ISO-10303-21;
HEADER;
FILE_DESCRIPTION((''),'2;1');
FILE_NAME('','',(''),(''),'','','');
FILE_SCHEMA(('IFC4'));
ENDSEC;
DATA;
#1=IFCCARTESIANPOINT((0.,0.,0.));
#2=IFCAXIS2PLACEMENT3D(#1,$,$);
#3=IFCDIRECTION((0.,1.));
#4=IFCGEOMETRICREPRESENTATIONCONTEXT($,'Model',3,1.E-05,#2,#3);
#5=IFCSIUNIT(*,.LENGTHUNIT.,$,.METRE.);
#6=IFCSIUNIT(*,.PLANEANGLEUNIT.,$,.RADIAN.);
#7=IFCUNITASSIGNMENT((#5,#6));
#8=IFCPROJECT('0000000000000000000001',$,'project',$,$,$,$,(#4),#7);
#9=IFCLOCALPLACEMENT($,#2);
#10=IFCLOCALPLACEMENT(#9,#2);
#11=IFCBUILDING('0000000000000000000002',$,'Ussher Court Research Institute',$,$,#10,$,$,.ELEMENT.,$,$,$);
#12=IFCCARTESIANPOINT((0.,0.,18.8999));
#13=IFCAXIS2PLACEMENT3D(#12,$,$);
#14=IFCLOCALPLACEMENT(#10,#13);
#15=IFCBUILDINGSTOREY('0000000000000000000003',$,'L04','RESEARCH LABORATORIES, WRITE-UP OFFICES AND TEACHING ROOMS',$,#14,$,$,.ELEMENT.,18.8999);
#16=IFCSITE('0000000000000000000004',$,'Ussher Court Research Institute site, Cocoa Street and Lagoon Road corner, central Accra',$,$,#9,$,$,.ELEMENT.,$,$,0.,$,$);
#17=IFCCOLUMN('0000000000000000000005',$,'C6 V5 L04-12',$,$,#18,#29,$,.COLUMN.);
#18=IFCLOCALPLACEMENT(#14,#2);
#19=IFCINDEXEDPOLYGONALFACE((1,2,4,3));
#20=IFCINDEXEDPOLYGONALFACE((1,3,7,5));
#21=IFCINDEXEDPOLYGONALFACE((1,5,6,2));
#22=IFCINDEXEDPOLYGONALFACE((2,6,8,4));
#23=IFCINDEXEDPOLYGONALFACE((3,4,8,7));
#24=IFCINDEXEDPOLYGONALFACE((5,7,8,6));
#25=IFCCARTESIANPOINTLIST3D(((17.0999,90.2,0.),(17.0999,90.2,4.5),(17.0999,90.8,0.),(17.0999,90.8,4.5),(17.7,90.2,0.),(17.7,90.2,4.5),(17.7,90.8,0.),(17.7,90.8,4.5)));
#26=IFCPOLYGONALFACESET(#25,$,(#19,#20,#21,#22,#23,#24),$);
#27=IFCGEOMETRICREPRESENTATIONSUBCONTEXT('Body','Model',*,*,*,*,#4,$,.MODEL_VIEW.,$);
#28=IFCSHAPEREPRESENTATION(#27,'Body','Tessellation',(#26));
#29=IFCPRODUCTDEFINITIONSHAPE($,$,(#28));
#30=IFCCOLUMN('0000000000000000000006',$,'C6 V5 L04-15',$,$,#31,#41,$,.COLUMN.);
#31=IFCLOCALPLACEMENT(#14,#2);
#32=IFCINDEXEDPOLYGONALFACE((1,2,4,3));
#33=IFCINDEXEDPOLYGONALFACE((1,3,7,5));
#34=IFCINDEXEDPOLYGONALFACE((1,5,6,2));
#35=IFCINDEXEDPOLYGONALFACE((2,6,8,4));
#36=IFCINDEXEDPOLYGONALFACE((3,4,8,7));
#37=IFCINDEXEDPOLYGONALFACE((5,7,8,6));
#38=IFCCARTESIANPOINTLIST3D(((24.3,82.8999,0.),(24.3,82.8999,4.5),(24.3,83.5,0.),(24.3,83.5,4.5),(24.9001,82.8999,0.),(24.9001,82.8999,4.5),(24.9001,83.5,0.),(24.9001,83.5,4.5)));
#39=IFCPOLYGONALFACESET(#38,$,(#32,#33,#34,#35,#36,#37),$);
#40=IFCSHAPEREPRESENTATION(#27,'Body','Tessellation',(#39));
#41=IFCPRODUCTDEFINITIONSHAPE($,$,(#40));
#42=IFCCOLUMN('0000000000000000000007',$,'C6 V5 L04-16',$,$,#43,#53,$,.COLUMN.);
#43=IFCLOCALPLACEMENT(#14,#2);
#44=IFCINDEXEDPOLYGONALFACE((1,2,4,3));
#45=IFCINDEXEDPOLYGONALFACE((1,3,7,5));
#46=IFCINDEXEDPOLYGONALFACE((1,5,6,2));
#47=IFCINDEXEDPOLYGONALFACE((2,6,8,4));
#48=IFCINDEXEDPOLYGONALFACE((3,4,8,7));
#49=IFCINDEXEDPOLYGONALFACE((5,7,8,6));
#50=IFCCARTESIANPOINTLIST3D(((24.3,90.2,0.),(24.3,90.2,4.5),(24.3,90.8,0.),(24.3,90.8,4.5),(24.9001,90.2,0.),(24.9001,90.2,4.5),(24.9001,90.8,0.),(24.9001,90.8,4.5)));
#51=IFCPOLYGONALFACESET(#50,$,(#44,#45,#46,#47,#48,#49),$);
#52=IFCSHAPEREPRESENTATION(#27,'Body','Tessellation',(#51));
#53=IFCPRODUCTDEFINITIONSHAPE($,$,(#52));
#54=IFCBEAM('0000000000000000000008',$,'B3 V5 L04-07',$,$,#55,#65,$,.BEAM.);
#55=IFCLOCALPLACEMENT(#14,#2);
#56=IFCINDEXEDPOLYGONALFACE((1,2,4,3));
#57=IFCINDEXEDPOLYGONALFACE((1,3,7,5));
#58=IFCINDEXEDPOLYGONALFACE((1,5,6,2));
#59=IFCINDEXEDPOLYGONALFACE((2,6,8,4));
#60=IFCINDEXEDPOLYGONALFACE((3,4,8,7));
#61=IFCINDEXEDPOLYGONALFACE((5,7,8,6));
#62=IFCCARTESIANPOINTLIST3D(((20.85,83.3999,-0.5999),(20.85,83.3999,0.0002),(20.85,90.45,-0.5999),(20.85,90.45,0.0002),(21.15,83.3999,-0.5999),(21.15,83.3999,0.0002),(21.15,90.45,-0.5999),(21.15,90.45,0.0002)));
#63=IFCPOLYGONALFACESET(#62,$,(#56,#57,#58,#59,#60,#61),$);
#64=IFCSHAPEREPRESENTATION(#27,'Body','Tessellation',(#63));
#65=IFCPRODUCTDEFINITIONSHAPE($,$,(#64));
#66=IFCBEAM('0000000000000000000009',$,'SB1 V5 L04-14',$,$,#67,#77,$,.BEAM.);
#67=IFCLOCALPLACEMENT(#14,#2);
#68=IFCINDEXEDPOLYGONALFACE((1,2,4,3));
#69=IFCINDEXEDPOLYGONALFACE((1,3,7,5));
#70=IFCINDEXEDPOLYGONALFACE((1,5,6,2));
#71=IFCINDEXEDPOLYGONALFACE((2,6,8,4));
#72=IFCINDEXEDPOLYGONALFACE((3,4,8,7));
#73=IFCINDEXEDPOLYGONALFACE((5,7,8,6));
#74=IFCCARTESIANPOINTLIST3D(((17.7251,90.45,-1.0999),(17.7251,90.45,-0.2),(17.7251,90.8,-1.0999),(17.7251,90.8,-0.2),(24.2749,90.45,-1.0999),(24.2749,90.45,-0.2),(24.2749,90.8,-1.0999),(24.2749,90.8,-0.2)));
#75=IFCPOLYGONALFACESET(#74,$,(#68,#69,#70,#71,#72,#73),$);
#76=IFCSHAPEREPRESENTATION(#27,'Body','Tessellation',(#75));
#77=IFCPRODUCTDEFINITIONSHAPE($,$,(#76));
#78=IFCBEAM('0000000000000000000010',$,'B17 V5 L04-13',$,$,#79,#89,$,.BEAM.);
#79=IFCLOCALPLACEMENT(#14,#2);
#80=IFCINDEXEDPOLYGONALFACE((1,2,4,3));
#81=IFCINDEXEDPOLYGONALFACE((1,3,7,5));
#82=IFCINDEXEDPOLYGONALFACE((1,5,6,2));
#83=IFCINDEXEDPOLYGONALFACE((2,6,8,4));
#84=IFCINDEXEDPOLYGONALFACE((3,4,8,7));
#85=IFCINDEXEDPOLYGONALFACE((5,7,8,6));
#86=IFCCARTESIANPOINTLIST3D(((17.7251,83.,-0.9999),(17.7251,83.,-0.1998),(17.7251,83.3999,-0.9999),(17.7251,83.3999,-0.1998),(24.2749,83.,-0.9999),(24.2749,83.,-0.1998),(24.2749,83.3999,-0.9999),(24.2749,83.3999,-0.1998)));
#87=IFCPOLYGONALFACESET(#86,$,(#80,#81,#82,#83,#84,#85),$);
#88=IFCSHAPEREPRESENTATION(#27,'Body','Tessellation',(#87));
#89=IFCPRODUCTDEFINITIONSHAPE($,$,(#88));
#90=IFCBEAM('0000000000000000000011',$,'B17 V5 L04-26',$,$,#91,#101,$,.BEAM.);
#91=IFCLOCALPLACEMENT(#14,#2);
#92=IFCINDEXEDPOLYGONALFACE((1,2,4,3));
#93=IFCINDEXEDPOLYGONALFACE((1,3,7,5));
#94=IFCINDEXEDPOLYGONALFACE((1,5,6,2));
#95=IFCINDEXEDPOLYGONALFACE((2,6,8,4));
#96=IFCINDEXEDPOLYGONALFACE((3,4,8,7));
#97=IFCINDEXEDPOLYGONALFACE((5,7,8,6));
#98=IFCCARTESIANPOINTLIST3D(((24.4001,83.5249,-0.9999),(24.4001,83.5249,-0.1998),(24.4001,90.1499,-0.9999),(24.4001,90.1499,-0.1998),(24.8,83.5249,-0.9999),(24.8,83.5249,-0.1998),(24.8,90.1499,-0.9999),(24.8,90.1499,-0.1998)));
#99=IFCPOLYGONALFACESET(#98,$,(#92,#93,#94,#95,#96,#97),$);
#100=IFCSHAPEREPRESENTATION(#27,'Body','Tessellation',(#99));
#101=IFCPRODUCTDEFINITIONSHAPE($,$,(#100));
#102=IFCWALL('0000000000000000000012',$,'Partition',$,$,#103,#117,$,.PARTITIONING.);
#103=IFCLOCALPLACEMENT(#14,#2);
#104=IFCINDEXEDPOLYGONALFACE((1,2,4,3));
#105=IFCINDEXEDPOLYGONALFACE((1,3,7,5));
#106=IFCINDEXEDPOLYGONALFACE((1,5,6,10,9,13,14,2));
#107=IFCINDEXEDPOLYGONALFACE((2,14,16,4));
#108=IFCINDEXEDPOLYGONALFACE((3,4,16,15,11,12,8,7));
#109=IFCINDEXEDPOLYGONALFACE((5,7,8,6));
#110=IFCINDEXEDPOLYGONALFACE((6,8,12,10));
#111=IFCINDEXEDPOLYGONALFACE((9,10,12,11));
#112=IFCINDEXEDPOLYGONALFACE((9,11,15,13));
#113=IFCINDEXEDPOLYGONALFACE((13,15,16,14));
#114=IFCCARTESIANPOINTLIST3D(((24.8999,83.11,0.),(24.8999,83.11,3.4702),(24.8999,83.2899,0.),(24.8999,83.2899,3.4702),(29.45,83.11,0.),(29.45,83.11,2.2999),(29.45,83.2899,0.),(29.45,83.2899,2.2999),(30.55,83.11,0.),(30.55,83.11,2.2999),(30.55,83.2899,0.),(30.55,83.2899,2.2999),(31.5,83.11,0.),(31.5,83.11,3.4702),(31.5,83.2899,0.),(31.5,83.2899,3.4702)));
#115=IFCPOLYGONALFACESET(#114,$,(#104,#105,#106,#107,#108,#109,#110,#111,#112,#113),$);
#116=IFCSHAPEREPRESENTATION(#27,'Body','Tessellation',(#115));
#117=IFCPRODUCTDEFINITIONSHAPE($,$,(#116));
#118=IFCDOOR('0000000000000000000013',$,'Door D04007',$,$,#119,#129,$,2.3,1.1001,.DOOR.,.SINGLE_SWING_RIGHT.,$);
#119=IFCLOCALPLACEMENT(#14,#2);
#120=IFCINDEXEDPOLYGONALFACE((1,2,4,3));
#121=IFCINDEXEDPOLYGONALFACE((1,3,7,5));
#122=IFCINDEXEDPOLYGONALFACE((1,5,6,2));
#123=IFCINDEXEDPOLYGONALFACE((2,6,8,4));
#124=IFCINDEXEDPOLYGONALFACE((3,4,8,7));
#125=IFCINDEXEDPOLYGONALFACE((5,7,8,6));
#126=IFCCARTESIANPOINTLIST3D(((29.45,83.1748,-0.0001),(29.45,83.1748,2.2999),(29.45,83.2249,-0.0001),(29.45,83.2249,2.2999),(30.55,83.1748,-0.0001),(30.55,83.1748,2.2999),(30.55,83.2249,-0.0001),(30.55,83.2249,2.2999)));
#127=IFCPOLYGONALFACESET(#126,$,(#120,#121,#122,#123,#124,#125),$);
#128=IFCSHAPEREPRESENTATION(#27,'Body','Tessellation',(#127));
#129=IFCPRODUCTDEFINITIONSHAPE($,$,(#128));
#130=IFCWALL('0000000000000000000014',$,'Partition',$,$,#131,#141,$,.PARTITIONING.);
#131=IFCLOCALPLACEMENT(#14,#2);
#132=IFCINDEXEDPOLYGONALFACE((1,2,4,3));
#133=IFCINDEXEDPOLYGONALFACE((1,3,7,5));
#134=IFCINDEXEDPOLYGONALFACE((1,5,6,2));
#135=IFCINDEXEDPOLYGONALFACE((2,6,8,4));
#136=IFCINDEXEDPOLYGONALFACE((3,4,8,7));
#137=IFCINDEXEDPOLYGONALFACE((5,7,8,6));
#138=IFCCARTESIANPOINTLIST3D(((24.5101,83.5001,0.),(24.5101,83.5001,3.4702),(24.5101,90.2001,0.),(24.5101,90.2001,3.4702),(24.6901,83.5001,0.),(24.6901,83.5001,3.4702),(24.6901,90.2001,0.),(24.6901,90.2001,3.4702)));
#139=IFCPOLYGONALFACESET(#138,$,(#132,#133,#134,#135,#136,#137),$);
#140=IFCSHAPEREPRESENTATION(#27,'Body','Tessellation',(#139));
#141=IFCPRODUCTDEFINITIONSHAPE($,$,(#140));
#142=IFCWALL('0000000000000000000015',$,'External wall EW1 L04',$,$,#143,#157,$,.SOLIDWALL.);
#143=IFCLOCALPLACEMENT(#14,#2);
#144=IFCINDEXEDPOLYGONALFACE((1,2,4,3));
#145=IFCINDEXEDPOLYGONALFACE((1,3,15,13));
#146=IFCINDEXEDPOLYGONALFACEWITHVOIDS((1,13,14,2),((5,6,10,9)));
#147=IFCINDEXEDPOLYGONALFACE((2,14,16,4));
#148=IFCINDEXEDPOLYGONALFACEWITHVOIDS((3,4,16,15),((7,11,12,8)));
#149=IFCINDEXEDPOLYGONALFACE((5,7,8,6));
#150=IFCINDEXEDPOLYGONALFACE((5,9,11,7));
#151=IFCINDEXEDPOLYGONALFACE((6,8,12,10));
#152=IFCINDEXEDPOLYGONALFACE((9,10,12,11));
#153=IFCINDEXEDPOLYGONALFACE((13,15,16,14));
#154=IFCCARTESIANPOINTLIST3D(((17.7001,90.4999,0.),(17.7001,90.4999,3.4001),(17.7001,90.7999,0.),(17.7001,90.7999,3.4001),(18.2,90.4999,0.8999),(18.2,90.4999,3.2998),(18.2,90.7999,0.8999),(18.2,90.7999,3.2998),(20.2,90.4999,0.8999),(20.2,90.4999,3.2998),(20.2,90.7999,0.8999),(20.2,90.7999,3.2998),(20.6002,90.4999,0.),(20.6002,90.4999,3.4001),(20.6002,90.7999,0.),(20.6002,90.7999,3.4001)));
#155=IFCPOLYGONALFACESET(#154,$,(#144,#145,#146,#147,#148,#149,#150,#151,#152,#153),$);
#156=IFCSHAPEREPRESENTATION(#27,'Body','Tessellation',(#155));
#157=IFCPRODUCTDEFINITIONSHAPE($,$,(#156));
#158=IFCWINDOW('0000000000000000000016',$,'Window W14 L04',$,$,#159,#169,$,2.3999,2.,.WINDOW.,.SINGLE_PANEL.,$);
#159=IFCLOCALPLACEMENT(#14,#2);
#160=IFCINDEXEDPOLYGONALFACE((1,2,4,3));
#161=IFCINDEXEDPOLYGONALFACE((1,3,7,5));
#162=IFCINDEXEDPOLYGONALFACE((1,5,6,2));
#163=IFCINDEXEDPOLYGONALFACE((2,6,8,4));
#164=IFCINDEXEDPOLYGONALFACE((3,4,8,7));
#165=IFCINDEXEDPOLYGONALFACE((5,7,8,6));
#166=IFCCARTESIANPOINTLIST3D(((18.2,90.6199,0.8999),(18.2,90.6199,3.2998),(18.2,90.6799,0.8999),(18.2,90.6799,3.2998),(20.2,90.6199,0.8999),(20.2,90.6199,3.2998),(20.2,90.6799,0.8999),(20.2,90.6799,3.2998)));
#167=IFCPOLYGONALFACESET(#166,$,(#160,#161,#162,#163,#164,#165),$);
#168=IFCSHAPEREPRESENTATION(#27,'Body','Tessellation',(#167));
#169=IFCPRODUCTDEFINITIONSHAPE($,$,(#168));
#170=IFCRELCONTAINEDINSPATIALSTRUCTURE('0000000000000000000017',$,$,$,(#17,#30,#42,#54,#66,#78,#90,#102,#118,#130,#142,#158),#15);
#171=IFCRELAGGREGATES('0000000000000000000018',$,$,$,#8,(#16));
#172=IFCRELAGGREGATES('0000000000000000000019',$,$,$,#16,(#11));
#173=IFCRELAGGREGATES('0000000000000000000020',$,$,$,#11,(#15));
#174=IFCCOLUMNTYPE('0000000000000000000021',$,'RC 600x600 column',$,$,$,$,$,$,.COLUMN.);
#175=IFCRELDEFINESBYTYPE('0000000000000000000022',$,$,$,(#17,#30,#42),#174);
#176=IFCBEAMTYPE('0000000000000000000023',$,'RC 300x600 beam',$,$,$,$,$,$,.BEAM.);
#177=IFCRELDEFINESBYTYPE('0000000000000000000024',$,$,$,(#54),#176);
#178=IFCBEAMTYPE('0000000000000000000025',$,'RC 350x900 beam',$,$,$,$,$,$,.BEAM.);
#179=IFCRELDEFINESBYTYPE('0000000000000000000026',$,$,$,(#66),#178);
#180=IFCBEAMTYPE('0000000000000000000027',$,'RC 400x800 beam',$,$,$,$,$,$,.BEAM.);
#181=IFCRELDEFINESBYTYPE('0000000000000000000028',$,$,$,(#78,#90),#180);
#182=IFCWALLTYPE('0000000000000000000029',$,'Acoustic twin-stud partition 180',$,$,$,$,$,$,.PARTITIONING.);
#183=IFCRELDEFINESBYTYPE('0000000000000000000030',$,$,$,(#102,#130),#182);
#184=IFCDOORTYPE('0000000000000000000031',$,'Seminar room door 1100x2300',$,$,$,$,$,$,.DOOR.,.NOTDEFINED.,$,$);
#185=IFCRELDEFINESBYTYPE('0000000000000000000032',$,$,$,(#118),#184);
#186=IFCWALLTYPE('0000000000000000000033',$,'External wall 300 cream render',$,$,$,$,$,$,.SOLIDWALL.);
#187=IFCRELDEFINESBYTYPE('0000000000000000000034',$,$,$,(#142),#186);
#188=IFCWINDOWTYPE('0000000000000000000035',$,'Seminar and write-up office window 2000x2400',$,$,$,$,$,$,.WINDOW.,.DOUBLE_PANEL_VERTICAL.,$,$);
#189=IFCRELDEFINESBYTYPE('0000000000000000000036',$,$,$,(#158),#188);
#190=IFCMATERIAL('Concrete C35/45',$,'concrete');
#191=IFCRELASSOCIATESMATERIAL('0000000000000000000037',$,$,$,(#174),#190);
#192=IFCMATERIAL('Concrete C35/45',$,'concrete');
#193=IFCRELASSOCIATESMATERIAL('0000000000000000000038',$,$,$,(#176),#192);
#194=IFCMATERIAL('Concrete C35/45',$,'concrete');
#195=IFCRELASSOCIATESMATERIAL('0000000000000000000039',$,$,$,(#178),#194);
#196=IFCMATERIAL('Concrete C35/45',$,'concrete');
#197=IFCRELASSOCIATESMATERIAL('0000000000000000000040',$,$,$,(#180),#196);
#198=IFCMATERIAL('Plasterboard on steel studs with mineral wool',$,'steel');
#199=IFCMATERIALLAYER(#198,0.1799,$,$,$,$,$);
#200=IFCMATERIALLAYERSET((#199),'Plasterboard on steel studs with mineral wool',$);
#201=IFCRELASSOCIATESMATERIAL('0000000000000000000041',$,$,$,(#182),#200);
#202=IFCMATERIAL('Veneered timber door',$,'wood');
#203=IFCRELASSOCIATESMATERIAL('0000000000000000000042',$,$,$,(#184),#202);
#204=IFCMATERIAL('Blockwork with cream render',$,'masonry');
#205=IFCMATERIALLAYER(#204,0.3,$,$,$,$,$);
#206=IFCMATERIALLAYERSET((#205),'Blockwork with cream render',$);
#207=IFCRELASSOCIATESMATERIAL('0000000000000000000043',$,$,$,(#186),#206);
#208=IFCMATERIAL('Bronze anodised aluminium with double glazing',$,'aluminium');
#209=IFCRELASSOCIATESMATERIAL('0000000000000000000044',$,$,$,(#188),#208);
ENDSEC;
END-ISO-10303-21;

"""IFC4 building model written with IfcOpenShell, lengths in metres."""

from ifc_helpers import new_model, si_unit, direction, frame, frame_2d, origin, origin_2d, place, context, subcontext, project, spatial, rectangle, extrude, material, layer, layer_set, material_profile, profile_set, type_object, element, fill, save


model = new_model("IFC4")

# Units and contexts
model_context = context("Model", 3, precision=1e-05, world=origin(), true_north=direction((0.0, 1.0)))
body_context = subcontext(model_context, "Body", "Model", "MODEL_VIEW")
ifc_project = project(units=[si_unit("LENGTHUNIT", "METRE"), si_unit("PLANEANGLEUNIT", "RADIAN")], contexts=[model_context])

# Site, building, storey
site_placement = place(None, origin())
site = spatial("IfcSite", under=ifc_project, at=site_placement, Name="Ussher Court Research Institute site, Cocoa Street and Lagoon Road corner, central Accra", CompositionType="ELEMENT", RefElevation=0.0)
building_placement = place(site_placement, origin())
building = spatial("IfcBuilding", under=site, at=building_placement, Name="Ussher Court Research Institute", CompositionType="ELEMENT")
storey_placement = place(building_placement, frame((0.0, 0.0, 18.8999)))
storey = spatial("IfcBuildingStorey", under=building, at=storey_placement, Name="L04", Description="RESEARCH LABORATORIES, WRITE-UP OFFICES AND TEACHING ROOMS", CompositionType="ELEMENT", Elevation=18.8999)

# Columns
ifc_material_1 = material(Name="Concrete C35/45", Category="concrete")
ifc_material_profile_1 = material_profile(ifc_material_1, rectangle(XDim=0.6001, YDim=0.6001, at=origin_2d()), Name="RC 600x600")
ifc_profile_set_1 = profile_set([ifc_material_profile_1], Name="Concrete C35/45")
column_type = type_object("IfcColumnType", Name="RC 600x600 column", PredefinedType="COLUMN", material=ifc_profile_set_1)
for number, where, z_axis, x_axis, name in (
    (1, (17.3999, 90.5, 0.0), (0.0, 0.0, 1.0), (1.0, 0.0, 0.0), "C6 V5 L04-12"),
    (2, (24.6001, 83.2, 0.0), (0.0, 0.0, 1.0), (1.0, 0.0, 0.0), "C6 V5 L04-15"),
    (3, (24.6001, 90.5, 0.0), (0.0, 0.0, 1.0), (1.0, 0.0, 0.0), "C6 V5 L04-16"),
):
    element("IfcColumn", number, at=place(storey_placement, frame(where, z_axis=z_axis, x_axis=x_axis)), inside=storey, type_object=column_type, Name=name, PredefinedType="COLUMN", context=body_context, shape_type="SweptSolid", body=[
        extrude(rectangle(XDim=0.6001, YDim=0.6001, at=origin_2d()), origin(), (0.0, 0.0, 1.0), 4.5),
    ])

# Beams
ifc_material_2 = material(Name="Concrete C35/45", Category="concrete")
ifc_material_profile_2 = material_profile(ifc_material_2, rectangle(XDim=0.3, YDim=0.6001, at=origin_2d()), Name="RC 300x600")
ifc_profile_set_2 = profile_set([ifc_material_profile_2], Name="Concrete C35/45")
beam_type_1 = type_object("IfcBeamType", Name="RC 300x600 beam", PredefinedType="BEAM", material=ifc_profile_set_2)
beam_1_placement = place(storey_placement, frame((21.0, 83.3999, -0.2998), z_axis=(0.0, 1.0, 0.0), x_axis=(-1.0, 0.0, 0.0)))
element("IfcBeam", 4, at=beam_1_placement, inside=storey, type_object=beam_type_1, Name="B3 V5 L04-07", PredefinedType="BEAM", context=body_context, shape_type="SweptSolid", body=[
    extrude(rectangle(XDim=0.3, YDim=0.6001, at=origin_2d()), origin(), (0.0, 0.0, 1.0), 7.05),
])
ifc_material_3 = material(Name="Concrete C35/45", Category="concrete")
ifc_material_profile_3 = material_profile(ifc_material_3, rectangle(XDim=0.3501, YDim=0.8999, at=origin_2d()), Name="RC 350x900")
ifc_profile_set_3 = profile_set([ifc_material_profile_3], Name="Concrete C35/45")
beam_type_2 = type_object("IfcBeamType", Name="RC 350x900 beam", PredefinedType="BEAM", material=ifc_profile_set_3)
beam_2_placement = place(storey_placement, frame((17.7251, 90.625, -0.6499), z_axis=(1.0, 0.0, 0.0), x_axis=(0.0, 1.0, 0.0)))
element("IfcBeam", 5, at=beam_2_placement, inside=storey, type_object=beam_type_2, Name="SB1 V5 L04-14", PredefinedType="BEAM", context=body_context, shape_type="SweptSolid", body=[
    extrude(rectangle(XDim=0.3501, YDim=0.8999, at=origin_2d()), origin(), (0.0, 0.0, 1.0), 6.5498),
])
ifc_material_4 = material(Name="Concrete C35/45", Category="concrete")
ifc_material_profile_4 = material_profile(ifc_material_4, rectangle(XDim=0.3999, YDim=0.8, at=origin_2d()), Name="RC 400x800")
ifc_profile_set_4 = profile_set([ifc_material_profile_4], Name="Concrete C35/45")
beam_type_3 = type_object("IfcBeamType", Name="RC 400x800 beam", PredefinedType="BEAM", material=ifc_profile_set_4)
beam_3_placement = place(storey_placement, frame((17.7251, 83.2, -0.5999), z_axis=(1.0, 0.0, 0.0), x_axis=(0.0, 1.0, 0.0)))
element("IfcBeam", 6, at=beam_3_placement, inside=storey, type_object=beam_type_3, Name="B17 V5 L04-13", PredefinedType="BEAM", context=body_context, shape_type="SweptSolid", body=[
    extrude(rectangle(XDim=0.3999, YDim=0.8, at=origin_2d()), origin(), (0.0, 0.0, 1.0), 6.5498),
])
beam_4_placement = place(storey_placement, frame((24.6001, 83.5249, -0.5999), z_axis=(0.0, 1.0, 0.0), x_axis=(-1.0, 0.0, 0.0)))
element("IfcBeam", 7, at=beam_4_placement, inside=storey, type_object=beam_type_3, Name="B17 V5 L04-26", PredefinedType="BEAM", context=body_context, shape_type="SweptSolid", body=[
    extrude(rectangle(XDim=0.3999, YDim=0.8, at=origin_2d()), origin(), (0.0, 0.0, 1.0), 6.625),
])

# Wall, opening, door
ifc_material_5 = material(Name="Plasterboard on steel studs with mineral wool", Category="steel")
ifc_layer_1 = layer(ifc_material_5, 0.1799)
ifc_layer_set_1 = layer_set([ifc_layer_1], Name="Plasterboard on steel studs with mineral wool")
wall_type_1 = type_object("IfcWallType", Name="Acoustic twin-stud partition 180", PredefinedType="PARTITIONING", material=ifc_layer_set_1)
wall_1_placement = place(storey_placement, frame((24.8999, 83.2, 0.0), z_axis=(0.0, 0.0, 1.0), x_axis=(1.0, 0.0, 0.0)))
wall_1 = element("IfcWall", 8, at=wall_1_placement, inside=storey, type_object=wall_type_1, Name="Partition", PredefinedType="PARTITIONING", context=body_context, shape_type="SweptSolid", body=[
    extrude(rectangle(XDim=6.6001, YDim=0.1799, at=frame_2d((3.3, 0.0))), origin(), (0.0, 0.0, 1.0), 3.4702),
])
opening_1_placement = place(wall_1_placement, frame((4.55, 0.0, 0.0)))
opening_1 = element("IfcOpeningElement", 9, at=opening_1_placement, cuts=wall_1, PredefinedType="OPENING", context=body_context, shape_type="SweptSolid", body=[
    extrude(rectangle(XDim=1.1001, YDim=2.3, at=frame_2d((0.55, 1.1499))), frame((0.0, 0.1001, 0.0), z_axis=(0.0, -1.0, 0.0), x_axis=(1.0, 0.0, 0.0)), (0.0, 0.0, 1.0), 0.2),
])
ifc_material_6 = material(Name="Veneered timber door", Category="wood")
door_type = type_object("IfcDoorType", Name="Seminar room door 1100x2300", OperationType="NOTDEFINED", PredefinedType="DOOR", material=ifc_material_6)
door_placement = place(opening_1_placement, origin())
door = element("IfcDoor", 10, at=door_placement, inside=storey, type_object=door_type, Name="Door D04007", OperationType="SINGLE_SWING_RIGHT", OverallHeight=2.3, OverallWidth=1.1001, PredefinedType="DOOR", context=body_context, shape_type="SweptSolid", body=[
    extrude(rectangle(XDim=1.1001, YDim=2.3, at=frame_2d((0.55, 1.1499))), frame((0.0, 0.0249, 0.0), z_axis=(0.0, -1.0, 0.0), x_axis=(1.0, 0.0, 0.0)), (0.0, 0.0, 1.0), 0.05),
])
fill(opening_1, door)

# Wall
wall_2_placement = place(storey_placement, frame((24.6001, 83.5, 0.0), z_axis=(0.0, 0.0, 1.0), x_axis=(0.0, 1.0, 0.0)))
element("IfcWall", 11, at=wall_2_placement, inside=storey, type_object=wall_type_1, Name="Partition", PredefinedType="PARTITIONING", context=body_context, shape_type="SweptSolid", body=[
    extrude(rectangle(XDim=6.7, YDim=0.1799, at=frame_2d((3.3501, 0.0))), origin(), (0.0, 0.0, 1.0), 3.4702),
])

# Wall, opening, window
ifc_material_7 = material(Name="Blockwork with cream render", Category="masonry")
ifc_layer_2 = layer(ifc_material_7, 0.3)
ifc_layer_set_2 = layer_set([ifc_layer_2], Name="Blockwork with cream render")
wall_type_2 = type_object("IfcWallType", Name="External wall 300 cream render", PredefinedType="SOLIDWALL", material=ifc_layer_set_2)
wall_3_placement = place(storey_placement, frame((17.7, 90.6499, 0.0), z_axis=(0.0, 0.0, 1.0), x_axis=(1.0, 0.0, 0.0)))
wall_3 = element("IfcWall", 12, at=wall_3_placement, inside=storey, type_object=wall_type_2, Name="External wall EW1 L04", PredefinedType="SOLIDWALL", context=body_context, shape_type="SweptSolid", body=[
    extrude(rectangle(XDim=2.9001, YDim=0.3, at=frame_2d((1.4502, 0.0))), origin(), (0.0, 0.0, 1.0), 3.4001),
])
opening_2_placement = place(wall_3_placement, frame((0.5, 0.0, 0.8999)))
opening_2 = element("IfcOpeningElement", 13, at=opening_2_placement, cuts=wall_3, PredefinedType="OPENING", context=body_context, shape_type="SweptSolid", body=[
    extrude(rectangle(XDim=2.0, YDim=2.3999, at=frame_2d((1.0, 1.2))), frame((0.0, 0.1602, 0.0), z_axis=(0.0, -1.0, 0.0), x_axis=(1.0, 0.0, 0.0)), (0.0, 0.0, 1.0), 0.3201),
])
ifc_material_8 = material(Name="Bronze anodised aluminium with double glazing", Category="aluminium")
window_type = type_object("IfcWindowType", Name="Seminar and write-up office window 2000x2400", PartitioningType="DOUBLE_PANEL_VERTICAL", PredefinedType="WINDOW", material=ifc_material_8)
window_1_placement = place(opening_2_placement, origin())
window_1 = element("IfcWindow", 14, at=window_1_placement, inside=storey, type_object=window_type, Name="Window W14 L04", OverallHeight=2.3999, OverallWidth=2.0, PartitioningType="SINGLE_PANEL", PredefinedType="WINDOW", context=body_context, shape_type="SweptSolid", body=[
    extrude(rectangle(XDim=2.0, YDim=2.3999, at=frame_2d((1.0, 1.2))), frame((0.0, 0.03, 0.0), z_axis=(0.0, -1.0, 0.0), x_axis=(1.0, 0.0, 0.0)), (0.0, 0.0, 1.0), 0.0601),
])
fill(opening_2, window_1)

save(model, "model.ifc")
